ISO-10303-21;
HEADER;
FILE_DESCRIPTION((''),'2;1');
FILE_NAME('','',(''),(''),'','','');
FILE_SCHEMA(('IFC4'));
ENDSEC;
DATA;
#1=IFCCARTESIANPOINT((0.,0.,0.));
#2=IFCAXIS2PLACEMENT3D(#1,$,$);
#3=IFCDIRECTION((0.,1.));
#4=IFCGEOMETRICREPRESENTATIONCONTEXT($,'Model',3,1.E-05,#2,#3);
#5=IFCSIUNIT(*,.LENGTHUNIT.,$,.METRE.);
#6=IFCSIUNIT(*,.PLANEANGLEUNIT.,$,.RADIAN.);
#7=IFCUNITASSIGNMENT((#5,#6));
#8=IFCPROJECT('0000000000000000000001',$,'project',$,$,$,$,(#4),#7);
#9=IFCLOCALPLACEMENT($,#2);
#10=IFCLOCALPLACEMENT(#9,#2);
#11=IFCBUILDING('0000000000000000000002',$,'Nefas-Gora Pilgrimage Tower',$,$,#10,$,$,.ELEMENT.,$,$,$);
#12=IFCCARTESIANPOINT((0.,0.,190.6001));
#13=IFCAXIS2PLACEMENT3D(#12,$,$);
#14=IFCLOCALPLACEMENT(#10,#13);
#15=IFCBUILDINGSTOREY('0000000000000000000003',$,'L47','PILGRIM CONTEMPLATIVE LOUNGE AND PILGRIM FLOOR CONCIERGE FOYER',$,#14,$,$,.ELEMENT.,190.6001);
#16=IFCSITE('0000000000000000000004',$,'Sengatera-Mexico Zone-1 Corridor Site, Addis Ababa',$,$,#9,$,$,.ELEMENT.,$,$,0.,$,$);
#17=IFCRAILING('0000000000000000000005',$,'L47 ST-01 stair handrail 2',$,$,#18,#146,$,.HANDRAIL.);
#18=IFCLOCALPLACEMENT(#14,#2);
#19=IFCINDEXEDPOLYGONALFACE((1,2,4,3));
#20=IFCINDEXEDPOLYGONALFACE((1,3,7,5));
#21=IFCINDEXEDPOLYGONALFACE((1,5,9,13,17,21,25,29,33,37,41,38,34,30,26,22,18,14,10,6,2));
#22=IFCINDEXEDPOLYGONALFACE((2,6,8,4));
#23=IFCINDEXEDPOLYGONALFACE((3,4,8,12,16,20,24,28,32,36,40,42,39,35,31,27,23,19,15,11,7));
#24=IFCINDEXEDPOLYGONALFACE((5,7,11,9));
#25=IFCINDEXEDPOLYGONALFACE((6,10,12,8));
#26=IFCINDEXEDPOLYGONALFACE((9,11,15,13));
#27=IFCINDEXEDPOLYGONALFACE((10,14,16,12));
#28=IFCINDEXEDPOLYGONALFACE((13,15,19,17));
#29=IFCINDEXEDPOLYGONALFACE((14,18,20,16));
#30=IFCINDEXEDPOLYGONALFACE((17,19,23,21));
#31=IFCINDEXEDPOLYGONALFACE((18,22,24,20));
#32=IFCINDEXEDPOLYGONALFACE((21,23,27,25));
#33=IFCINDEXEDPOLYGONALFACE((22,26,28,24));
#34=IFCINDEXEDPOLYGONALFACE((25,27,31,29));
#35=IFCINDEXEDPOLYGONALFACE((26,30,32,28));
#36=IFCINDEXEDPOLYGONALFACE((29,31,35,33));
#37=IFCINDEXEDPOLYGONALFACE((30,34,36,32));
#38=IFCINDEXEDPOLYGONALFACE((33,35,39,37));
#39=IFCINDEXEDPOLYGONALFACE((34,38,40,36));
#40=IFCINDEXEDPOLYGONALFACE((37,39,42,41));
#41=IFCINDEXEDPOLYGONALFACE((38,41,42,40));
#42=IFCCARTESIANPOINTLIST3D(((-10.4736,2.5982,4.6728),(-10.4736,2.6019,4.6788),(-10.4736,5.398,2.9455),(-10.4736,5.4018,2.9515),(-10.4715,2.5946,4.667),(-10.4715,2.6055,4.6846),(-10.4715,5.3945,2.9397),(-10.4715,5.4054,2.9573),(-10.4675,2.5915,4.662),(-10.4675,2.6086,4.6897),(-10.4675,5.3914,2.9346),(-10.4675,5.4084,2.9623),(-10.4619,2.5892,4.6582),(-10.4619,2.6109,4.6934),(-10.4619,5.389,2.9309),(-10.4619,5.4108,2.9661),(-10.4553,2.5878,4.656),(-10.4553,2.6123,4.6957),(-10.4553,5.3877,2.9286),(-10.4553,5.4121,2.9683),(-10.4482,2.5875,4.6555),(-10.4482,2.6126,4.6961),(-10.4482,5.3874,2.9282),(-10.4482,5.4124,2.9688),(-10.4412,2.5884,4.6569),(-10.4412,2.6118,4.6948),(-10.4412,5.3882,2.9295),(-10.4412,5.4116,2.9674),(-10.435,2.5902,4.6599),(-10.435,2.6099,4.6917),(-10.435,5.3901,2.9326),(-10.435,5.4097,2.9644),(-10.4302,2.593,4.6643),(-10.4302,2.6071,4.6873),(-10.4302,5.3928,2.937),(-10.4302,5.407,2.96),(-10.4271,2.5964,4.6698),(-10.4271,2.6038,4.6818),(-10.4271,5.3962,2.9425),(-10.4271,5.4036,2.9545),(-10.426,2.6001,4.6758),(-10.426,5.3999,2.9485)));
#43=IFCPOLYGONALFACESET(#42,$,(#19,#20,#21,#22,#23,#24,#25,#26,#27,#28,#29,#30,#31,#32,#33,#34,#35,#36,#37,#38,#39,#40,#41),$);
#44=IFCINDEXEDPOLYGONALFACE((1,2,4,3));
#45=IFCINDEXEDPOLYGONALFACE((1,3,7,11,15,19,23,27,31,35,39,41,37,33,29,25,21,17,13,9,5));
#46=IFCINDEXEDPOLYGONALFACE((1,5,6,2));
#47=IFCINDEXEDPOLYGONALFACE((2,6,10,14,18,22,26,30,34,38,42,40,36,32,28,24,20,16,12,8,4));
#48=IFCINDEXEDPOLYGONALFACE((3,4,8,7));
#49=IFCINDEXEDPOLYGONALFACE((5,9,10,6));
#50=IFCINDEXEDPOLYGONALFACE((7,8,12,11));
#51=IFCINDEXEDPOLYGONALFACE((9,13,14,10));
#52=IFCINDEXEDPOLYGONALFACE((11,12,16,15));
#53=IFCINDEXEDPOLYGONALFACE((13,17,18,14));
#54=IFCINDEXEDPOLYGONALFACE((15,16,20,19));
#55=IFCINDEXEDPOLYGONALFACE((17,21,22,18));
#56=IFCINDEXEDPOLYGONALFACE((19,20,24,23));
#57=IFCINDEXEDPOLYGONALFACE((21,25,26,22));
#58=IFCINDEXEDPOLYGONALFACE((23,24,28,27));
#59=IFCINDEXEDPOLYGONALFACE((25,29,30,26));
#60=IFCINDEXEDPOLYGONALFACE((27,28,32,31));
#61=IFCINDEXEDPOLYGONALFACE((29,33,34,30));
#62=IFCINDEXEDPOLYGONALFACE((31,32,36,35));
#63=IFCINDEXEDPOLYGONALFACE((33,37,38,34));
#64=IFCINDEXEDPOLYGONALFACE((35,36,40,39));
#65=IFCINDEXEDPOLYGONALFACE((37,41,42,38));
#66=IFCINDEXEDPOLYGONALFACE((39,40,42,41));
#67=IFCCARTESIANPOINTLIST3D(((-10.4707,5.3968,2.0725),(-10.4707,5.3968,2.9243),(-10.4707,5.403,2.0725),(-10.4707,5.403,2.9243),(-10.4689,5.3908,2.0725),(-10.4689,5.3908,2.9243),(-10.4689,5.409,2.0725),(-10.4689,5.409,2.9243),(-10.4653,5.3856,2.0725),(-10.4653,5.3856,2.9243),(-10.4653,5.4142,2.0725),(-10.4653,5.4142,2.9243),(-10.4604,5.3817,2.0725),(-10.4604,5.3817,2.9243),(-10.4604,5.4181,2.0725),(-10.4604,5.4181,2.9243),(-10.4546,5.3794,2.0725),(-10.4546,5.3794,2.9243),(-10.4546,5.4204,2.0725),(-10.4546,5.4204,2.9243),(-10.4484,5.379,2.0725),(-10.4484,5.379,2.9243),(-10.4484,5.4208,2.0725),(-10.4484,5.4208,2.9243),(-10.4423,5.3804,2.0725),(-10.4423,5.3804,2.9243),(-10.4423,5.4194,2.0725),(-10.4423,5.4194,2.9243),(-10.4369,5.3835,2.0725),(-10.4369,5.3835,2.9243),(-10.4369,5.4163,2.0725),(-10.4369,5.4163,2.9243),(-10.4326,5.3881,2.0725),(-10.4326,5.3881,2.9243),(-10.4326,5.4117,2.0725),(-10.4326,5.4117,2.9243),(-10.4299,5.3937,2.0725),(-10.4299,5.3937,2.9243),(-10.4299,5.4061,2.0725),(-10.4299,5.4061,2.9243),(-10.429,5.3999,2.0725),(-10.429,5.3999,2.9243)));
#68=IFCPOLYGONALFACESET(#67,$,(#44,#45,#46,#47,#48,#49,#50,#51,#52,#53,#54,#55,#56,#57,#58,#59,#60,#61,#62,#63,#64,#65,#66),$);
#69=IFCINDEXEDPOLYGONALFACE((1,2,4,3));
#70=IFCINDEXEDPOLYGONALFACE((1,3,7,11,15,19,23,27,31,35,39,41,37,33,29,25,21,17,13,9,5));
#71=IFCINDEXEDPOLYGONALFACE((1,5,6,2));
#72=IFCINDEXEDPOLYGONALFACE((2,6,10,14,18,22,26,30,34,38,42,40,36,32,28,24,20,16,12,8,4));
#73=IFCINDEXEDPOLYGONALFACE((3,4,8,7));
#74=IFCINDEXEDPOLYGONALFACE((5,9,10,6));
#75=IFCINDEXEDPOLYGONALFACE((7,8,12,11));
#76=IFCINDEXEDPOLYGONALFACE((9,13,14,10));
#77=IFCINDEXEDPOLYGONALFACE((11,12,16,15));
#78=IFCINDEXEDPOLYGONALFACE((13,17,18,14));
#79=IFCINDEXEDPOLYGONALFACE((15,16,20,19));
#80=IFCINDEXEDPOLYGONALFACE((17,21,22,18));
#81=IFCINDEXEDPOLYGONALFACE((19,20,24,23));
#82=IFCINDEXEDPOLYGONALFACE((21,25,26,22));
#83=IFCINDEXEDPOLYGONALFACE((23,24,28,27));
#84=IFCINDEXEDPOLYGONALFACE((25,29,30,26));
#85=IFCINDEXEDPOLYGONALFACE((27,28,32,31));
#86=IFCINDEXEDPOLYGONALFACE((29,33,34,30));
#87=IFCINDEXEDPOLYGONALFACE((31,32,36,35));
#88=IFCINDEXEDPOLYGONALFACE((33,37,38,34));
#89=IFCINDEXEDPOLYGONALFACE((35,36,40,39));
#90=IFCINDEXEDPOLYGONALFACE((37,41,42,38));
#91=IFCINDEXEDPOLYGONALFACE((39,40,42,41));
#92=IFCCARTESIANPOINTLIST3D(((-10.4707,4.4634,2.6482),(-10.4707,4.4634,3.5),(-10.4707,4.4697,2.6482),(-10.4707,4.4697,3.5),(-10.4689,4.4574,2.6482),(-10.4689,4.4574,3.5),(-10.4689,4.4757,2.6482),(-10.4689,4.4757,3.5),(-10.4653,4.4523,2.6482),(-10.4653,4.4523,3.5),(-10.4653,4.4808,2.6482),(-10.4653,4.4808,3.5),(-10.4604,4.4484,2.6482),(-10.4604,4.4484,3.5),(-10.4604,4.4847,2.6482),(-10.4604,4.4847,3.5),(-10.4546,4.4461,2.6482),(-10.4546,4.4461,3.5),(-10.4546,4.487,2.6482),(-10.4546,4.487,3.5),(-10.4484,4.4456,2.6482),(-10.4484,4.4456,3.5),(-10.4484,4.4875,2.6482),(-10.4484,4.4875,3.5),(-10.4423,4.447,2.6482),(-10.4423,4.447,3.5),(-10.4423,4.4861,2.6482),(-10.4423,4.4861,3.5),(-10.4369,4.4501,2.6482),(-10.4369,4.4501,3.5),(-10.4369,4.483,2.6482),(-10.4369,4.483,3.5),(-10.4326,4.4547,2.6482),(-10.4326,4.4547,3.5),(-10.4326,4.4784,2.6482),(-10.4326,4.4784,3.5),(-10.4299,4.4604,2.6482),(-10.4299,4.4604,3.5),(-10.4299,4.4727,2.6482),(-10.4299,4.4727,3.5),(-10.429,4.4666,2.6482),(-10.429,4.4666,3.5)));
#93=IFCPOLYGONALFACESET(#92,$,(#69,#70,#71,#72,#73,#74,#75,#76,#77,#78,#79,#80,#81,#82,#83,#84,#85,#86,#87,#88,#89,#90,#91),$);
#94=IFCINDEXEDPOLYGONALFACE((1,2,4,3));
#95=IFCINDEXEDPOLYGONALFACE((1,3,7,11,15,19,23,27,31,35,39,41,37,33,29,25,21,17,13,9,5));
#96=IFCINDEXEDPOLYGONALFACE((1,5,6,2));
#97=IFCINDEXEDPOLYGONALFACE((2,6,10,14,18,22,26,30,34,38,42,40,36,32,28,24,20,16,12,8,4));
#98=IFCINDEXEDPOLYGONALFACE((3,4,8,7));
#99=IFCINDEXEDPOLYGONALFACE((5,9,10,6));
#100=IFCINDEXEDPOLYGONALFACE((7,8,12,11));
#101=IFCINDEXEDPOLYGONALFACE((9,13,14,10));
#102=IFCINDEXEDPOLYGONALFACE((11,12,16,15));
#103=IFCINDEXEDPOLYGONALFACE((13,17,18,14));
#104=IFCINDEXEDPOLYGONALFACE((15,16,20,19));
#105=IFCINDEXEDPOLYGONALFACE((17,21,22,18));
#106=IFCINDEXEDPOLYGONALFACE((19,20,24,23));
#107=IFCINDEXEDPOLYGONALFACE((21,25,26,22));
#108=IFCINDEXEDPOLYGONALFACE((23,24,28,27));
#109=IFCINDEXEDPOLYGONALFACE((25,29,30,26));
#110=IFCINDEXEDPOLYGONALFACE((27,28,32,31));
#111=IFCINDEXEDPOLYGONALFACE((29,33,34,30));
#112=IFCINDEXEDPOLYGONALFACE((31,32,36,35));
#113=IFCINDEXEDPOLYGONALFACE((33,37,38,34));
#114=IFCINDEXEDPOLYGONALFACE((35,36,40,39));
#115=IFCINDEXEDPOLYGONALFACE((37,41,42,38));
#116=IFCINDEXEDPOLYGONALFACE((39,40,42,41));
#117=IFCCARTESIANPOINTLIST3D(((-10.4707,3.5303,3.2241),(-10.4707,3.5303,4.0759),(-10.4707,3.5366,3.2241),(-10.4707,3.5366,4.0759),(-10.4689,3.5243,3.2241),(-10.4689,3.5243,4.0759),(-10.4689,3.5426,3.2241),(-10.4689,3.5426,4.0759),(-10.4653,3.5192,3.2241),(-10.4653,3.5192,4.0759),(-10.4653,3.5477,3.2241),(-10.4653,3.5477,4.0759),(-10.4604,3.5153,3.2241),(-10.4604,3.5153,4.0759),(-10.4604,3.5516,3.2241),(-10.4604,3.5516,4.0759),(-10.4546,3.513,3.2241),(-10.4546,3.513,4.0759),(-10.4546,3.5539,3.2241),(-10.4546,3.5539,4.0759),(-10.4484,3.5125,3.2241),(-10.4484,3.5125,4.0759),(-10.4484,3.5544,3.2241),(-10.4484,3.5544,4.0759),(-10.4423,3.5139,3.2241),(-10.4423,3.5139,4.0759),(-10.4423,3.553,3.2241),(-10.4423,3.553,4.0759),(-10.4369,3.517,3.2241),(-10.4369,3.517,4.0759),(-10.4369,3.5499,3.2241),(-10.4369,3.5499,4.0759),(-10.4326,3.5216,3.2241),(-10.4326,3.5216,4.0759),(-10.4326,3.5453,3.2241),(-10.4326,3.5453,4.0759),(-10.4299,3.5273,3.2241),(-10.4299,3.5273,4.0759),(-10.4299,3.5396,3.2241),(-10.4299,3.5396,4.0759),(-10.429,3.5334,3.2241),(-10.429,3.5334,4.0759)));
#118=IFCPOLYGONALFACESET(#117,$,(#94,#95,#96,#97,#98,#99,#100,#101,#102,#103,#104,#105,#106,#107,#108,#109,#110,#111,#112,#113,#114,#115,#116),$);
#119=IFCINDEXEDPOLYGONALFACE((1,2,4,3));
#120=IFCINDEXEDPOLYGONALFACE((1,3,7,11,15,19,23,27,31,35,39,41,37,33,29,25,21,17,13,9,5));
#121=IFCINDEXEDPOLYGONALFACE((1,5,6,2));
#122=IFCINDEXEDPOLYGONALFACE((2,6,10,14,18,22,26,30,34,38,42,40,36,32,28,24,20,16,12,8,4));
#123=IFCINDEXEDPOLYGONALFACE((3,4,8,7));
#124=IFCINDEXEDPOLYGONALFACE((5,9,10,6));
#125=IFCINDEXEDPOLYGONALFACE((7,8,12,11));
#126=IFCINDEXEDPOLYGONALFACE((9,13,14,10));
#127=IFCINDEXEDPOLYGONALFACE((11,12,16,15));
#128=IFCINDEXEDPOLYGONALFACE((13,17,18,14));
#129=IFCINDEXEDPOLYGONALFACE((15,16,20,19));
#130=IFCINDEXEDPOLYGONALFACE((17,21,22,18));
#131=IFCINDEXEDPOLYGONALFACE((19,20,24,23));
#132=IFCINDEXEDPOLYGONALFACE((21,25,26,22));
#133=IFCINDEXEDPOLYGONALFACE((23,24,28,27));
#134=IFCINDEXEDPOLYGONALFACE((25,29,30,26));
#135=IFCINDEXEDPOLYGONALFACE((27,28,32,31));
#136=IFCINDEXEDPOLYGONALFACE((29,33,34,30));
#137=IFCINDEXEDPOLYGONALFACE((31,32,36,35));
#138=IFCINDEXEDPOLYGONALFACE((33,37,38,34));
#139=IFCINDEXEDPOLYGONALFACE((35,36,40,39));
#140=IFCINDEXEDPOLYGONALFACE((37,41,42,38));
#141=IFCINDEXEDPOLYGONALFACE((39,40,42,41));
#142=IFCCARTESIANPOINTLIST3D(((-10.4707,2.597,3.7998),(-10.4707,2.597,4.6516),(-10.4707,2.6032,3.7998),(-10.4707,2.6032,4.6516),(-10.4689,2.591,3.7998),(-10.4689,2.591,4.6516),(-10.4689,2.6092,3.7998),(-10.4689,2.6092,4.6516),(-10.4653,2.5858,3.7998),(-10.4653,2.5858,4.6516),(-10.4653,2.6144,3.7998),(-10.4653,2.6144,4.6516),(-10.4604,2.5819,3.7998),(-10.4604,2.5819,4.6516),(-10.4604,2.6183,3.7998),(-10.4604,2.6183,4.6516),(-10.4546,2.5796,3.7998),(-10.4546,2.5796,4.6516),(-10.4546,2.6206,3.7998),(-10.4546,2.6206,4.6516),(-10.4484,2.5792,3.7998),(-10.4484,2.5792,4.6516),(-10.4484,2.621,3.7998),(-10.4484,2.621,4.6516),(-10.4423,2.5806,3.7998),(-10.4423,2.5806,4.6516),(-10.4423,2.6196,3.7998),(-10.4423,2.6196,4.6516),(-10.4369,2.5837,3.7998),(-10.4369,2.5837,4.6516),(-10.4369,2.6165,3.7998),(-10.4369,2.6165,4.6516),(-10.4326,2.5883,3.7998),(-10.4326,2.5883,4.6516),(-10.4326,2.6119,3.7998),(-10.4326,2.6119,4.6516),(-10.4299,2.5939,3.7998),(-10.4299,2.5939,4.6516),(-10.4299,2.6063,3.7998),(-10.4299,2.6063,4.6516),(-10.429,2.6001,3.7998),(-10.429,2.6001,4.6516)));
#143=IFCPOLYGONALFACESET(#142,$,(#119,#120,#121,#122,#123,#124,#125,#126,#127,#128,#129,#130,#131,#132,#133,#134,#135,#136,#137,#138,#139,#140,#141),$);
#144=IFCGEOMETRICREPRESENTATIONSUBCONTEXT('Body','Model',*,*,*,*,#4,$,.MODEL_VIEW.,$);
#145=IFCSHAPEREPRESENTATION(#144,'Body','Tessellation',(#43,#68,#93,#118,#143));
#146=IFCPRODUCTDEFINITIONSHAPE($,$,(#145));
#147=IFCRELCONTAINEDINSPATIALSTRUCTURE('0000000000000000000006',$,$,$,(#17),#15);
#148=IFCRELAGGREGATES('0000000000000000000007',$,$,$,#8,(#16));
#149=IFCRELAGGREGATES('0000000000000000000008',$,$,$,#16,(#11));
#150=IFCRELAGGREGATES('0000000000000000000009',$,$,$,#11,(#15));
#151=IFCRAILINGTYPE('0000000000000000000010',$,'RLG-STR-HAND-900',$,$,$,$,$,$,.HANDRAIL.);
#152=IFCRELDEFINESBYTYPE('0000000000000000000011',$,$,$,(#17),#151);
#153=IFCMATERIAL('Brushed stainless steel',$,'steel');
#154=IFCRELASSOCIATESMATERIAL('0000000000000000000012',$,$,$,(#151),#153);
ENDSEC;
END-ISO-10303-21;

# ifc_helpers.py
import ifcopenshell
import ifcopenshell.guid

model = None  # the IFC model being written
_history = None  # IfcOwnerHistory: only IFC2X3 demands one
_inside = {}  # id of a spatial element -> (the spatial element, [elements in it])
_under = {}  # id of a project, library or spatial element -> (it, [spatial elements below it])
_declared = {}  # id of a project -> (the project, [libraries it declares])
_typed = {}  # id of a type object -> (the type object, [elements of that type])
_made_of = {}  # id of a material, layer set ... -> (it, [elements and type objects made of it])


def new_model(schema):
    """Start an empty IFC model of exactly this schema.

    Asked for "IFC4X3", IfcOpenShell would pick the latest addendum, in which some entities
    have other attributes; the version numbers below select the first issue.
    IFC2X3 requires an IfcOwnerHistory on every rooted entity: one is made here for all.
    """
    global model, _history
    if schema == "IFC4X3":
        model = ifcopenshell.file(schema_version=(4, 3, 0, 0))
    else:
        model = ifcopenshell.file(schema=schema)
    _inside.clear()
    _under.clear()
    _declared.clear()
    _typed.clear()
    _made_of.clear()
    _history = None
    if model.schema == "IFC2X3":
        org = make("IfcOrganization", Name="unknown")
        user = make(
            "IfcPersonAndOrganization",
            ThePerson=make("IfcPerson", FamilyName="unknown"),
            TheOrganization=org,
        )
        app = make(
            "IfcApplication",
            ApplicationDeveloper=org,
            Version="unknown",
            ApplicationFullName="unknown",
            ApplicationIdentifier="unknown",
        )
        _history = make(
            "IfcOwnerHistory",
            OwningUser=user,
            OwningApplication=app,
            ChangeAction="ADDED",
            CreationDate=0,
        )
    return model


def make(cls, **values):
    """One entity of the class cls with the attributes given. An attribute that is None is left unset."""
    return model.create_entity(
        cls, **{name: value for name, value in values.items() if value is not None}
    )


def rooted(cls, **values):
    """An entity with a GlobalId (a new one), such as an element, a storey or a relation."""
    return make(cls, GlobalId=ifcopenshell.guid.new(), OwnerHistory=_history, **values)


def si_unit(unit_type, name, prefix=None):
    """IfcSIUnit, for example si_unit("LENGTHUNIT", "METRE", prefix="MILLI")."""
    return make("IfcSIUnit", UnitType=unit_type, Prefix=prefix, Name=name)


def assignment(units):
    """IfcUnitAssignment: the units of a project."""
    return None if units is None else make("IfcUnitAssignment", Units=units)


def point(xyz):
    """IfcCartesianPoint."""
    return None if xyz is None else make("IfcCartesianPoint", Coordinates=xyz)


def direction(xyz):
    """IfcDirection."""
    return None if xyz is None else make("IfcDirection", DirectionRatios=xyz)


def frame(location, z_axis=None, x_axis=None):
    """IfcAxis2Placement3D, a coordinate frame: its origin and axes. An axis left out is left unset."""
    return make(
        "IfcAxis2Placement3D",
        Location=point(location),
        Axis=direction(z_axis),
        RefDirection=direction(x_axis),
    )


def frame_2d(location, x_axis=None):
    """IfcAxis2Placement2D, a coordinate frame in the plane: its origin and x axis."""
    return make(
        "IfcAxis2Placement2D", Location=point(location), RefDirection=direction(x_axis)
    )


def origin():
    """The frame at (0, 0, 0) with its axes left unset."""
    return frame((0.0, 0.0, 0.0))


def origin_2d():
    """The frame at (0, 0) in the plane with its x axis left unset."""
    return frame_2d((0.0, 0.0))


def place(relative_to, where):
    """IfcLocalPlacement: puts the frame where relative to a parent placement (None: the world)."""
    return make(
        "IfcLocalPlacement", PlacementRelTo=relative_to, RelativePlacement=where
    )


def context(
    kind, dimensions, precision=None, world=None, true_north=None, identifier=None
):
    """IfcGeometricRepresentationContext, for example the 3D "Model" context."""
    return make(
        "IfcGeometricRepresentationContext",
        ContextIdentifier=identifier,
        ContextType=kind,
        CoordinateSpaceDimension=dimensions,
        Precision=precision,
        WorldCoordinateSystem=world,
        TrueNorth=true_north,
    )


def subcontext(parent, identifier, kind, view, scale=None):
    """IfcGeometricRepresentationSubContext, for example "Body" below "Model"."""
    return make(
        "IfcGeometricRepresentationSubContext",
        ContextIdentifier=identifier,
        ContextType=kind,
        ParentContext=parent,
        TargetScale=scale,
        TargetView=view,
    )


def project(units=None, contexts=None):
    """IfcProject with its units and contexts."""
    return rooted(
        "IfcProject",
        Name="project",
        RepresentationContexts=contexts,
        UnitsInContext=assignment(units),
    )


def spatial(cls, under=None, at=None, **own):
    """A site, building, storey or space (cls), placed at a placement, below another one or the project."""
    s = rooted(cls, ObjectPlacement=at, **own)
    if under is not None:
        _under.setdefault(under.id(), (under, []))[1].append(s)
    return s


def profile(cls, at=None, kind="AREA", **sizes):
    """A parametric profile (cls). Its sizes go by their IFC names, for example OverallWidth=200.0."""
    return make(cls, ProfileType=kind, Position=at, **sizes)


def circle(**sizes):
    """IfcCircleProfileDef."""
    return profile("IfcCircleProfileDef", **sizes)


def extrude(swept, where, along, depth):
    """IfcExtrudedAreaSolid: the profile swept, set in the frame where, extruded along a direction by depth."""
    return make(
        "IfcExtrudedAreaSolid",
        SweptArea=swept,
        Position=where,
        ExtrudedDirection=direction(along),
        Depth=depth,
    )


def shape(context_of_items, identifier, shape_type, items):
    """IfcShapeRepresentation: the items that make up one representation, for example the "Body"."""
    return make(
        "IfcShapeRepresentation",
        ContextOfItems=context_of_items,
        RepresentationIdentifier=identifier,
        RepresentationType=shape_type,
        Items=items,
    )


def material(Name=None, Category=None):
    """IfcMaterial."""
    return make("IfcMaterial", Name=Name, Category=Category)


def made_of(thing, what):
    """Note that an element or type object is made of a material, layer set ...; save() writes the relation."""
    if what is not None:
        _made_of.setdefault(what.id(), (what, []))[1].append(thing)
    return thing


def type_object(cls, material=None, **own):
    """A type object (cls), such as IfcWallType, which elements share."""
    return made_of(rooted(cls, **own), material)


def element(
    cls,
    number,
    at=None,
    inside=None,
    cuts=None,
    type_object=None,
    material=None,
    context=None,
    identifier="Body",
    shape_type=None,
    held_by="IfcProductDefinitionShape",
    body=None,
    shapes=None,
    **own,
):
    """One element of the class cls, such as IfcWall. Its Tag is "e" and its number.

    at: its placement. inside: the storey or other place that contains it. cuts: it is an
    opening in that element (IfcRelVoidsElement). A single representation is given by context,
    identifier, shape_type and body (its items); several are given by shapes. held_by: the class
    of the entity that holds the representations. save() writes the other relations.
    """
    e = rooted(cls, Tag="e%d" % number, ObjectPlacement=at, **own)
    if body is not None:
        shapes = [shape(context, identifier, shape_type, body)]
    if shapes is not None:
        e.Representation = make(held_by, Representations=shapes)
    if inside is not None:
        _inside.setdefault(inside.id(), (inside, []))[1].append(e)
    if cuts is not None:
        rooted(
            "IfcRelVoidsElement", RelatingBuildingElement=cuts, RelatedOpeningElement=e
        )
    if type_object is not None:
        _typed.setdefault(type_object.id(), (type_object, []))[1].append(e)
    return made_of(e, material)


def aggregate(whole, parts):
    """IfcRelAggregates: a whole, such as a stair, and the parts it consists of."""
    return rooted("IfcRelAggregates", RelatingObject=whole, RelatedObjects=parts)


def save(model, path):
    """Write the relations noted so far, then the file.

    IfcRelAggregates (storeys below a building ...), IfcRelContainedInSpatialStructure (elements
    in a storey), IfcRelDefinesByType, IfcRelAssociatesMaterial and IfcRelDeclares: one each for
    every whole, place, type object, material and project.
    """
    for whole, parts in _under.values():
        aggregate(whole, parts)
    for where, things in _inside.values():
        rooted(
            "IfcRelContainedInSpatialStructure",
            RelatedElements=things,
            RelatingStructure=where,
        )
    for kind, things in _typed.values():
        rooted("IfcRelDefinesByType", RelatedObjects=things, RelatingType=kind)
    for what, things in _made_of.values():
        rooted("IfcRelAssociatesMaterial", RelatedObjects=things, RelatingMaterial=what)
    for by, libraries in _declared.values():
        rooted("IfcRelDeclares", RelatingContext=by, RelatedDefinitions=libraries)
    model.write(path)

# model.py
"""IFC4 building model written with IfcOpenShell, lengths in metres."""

from ifc_helpers import new_model, si_unit, direction, frame, origin, origin_2d, place, context, subcontext, project, spatial, circle, extrude, material, type_object, element, save


model = new_model("IFC4")

# Units and contexts
model_context = context("Model", 3, precision=1e-05, world=origin(), true_north=direction((0.0, 1.0)))
body_context = subcontext(model_context, "Body", "Model", "MODEL_VIEW")
ifc_project = project(units=[si_unit("LENGTHUNIT", "METRE"), si_unit("PLANEANGLEUNIT", "RADIAN")], contexts=[model_context])

# Site, building, storey
site_placement = place(None, origin())
site = spatial("IfcSite", under=ifc_project, at=site_placement, Name="Sengatera-Mexico Zone-1 Corridor Site, Addis Ababa", CompositionType="ELEMENT", RefElevation=0.0)
building_placement = place(site_placement, origin())
building = spatial("IfcBuilding", under=site, at=building_placement, Name="Nefas-Gora Pilgrimage Tower", CompositionType="ELEMENT")
storey_placement = place(building_placement, frame((0.0, 0.0, 190.6001)))
storey = spatial("IfcBuildingStorey", under=building, at=storey_placement, Name="L47", Description="PILGRIM CONTEMPLATIVE LOUNGE AND PILGRIM FLOOR CONCIERGE FOYER", CompositionType="ELEMENT", Elevation=190.6001)

# Railing
ifc_material_1 = material(Name="Brushed stainless steel", Category="steel")
railing_type_1 = type_object("IfcRailingType", Name="RLG-STR-HAND-900", PredefinedType="HANDRAIL", material=ifc_material_1)
railing_1_placement = place(storey_placement, frame((-10.45, 5.3999, 2.0725)))
element("IfcRailing", 1, at=railing_1_placement, inside=storey, type_object=railing_type_1, Name="L47 ST-01 stair handrail 2", PredefinedType="HANDRAIL", context=body_context, shape_type="SweptSolid", body=[
    extrude(circle(Radius=0.0239, at=origin_2d()), frame((0.0, 0.0, 0.876), z_axis=(0.0, -0.851069, 0.525054), x_axis=(1.0, 0.0, 0.0)), (0.0, 0.0, 1.0), 3.2898),
    extrude(circle(Radius=0.021, at=origin_2d()), origin(), (0.0, 0.0, 1.0), 0.8518),
    extrude(circle(Radius=0.021, at=origin_2d()), frame((0.0, -0.9333, 0.5757)), (0.0, 0.0, 1.0), 0.8518),
    extrude(circle(Radius=0.021, at=origin_2d()), frame((0.0, -1.8665, 1.1516)), (0.0, 0.0, 1.0), 0.8518),
    extrude(circle(Radius=0.021, at=origin_2d()), frame((0.0, -2.7998, 1.7273)), (0.0, 0.0, 1.0), 0.8518),
])

save(model, "model.ifc")
